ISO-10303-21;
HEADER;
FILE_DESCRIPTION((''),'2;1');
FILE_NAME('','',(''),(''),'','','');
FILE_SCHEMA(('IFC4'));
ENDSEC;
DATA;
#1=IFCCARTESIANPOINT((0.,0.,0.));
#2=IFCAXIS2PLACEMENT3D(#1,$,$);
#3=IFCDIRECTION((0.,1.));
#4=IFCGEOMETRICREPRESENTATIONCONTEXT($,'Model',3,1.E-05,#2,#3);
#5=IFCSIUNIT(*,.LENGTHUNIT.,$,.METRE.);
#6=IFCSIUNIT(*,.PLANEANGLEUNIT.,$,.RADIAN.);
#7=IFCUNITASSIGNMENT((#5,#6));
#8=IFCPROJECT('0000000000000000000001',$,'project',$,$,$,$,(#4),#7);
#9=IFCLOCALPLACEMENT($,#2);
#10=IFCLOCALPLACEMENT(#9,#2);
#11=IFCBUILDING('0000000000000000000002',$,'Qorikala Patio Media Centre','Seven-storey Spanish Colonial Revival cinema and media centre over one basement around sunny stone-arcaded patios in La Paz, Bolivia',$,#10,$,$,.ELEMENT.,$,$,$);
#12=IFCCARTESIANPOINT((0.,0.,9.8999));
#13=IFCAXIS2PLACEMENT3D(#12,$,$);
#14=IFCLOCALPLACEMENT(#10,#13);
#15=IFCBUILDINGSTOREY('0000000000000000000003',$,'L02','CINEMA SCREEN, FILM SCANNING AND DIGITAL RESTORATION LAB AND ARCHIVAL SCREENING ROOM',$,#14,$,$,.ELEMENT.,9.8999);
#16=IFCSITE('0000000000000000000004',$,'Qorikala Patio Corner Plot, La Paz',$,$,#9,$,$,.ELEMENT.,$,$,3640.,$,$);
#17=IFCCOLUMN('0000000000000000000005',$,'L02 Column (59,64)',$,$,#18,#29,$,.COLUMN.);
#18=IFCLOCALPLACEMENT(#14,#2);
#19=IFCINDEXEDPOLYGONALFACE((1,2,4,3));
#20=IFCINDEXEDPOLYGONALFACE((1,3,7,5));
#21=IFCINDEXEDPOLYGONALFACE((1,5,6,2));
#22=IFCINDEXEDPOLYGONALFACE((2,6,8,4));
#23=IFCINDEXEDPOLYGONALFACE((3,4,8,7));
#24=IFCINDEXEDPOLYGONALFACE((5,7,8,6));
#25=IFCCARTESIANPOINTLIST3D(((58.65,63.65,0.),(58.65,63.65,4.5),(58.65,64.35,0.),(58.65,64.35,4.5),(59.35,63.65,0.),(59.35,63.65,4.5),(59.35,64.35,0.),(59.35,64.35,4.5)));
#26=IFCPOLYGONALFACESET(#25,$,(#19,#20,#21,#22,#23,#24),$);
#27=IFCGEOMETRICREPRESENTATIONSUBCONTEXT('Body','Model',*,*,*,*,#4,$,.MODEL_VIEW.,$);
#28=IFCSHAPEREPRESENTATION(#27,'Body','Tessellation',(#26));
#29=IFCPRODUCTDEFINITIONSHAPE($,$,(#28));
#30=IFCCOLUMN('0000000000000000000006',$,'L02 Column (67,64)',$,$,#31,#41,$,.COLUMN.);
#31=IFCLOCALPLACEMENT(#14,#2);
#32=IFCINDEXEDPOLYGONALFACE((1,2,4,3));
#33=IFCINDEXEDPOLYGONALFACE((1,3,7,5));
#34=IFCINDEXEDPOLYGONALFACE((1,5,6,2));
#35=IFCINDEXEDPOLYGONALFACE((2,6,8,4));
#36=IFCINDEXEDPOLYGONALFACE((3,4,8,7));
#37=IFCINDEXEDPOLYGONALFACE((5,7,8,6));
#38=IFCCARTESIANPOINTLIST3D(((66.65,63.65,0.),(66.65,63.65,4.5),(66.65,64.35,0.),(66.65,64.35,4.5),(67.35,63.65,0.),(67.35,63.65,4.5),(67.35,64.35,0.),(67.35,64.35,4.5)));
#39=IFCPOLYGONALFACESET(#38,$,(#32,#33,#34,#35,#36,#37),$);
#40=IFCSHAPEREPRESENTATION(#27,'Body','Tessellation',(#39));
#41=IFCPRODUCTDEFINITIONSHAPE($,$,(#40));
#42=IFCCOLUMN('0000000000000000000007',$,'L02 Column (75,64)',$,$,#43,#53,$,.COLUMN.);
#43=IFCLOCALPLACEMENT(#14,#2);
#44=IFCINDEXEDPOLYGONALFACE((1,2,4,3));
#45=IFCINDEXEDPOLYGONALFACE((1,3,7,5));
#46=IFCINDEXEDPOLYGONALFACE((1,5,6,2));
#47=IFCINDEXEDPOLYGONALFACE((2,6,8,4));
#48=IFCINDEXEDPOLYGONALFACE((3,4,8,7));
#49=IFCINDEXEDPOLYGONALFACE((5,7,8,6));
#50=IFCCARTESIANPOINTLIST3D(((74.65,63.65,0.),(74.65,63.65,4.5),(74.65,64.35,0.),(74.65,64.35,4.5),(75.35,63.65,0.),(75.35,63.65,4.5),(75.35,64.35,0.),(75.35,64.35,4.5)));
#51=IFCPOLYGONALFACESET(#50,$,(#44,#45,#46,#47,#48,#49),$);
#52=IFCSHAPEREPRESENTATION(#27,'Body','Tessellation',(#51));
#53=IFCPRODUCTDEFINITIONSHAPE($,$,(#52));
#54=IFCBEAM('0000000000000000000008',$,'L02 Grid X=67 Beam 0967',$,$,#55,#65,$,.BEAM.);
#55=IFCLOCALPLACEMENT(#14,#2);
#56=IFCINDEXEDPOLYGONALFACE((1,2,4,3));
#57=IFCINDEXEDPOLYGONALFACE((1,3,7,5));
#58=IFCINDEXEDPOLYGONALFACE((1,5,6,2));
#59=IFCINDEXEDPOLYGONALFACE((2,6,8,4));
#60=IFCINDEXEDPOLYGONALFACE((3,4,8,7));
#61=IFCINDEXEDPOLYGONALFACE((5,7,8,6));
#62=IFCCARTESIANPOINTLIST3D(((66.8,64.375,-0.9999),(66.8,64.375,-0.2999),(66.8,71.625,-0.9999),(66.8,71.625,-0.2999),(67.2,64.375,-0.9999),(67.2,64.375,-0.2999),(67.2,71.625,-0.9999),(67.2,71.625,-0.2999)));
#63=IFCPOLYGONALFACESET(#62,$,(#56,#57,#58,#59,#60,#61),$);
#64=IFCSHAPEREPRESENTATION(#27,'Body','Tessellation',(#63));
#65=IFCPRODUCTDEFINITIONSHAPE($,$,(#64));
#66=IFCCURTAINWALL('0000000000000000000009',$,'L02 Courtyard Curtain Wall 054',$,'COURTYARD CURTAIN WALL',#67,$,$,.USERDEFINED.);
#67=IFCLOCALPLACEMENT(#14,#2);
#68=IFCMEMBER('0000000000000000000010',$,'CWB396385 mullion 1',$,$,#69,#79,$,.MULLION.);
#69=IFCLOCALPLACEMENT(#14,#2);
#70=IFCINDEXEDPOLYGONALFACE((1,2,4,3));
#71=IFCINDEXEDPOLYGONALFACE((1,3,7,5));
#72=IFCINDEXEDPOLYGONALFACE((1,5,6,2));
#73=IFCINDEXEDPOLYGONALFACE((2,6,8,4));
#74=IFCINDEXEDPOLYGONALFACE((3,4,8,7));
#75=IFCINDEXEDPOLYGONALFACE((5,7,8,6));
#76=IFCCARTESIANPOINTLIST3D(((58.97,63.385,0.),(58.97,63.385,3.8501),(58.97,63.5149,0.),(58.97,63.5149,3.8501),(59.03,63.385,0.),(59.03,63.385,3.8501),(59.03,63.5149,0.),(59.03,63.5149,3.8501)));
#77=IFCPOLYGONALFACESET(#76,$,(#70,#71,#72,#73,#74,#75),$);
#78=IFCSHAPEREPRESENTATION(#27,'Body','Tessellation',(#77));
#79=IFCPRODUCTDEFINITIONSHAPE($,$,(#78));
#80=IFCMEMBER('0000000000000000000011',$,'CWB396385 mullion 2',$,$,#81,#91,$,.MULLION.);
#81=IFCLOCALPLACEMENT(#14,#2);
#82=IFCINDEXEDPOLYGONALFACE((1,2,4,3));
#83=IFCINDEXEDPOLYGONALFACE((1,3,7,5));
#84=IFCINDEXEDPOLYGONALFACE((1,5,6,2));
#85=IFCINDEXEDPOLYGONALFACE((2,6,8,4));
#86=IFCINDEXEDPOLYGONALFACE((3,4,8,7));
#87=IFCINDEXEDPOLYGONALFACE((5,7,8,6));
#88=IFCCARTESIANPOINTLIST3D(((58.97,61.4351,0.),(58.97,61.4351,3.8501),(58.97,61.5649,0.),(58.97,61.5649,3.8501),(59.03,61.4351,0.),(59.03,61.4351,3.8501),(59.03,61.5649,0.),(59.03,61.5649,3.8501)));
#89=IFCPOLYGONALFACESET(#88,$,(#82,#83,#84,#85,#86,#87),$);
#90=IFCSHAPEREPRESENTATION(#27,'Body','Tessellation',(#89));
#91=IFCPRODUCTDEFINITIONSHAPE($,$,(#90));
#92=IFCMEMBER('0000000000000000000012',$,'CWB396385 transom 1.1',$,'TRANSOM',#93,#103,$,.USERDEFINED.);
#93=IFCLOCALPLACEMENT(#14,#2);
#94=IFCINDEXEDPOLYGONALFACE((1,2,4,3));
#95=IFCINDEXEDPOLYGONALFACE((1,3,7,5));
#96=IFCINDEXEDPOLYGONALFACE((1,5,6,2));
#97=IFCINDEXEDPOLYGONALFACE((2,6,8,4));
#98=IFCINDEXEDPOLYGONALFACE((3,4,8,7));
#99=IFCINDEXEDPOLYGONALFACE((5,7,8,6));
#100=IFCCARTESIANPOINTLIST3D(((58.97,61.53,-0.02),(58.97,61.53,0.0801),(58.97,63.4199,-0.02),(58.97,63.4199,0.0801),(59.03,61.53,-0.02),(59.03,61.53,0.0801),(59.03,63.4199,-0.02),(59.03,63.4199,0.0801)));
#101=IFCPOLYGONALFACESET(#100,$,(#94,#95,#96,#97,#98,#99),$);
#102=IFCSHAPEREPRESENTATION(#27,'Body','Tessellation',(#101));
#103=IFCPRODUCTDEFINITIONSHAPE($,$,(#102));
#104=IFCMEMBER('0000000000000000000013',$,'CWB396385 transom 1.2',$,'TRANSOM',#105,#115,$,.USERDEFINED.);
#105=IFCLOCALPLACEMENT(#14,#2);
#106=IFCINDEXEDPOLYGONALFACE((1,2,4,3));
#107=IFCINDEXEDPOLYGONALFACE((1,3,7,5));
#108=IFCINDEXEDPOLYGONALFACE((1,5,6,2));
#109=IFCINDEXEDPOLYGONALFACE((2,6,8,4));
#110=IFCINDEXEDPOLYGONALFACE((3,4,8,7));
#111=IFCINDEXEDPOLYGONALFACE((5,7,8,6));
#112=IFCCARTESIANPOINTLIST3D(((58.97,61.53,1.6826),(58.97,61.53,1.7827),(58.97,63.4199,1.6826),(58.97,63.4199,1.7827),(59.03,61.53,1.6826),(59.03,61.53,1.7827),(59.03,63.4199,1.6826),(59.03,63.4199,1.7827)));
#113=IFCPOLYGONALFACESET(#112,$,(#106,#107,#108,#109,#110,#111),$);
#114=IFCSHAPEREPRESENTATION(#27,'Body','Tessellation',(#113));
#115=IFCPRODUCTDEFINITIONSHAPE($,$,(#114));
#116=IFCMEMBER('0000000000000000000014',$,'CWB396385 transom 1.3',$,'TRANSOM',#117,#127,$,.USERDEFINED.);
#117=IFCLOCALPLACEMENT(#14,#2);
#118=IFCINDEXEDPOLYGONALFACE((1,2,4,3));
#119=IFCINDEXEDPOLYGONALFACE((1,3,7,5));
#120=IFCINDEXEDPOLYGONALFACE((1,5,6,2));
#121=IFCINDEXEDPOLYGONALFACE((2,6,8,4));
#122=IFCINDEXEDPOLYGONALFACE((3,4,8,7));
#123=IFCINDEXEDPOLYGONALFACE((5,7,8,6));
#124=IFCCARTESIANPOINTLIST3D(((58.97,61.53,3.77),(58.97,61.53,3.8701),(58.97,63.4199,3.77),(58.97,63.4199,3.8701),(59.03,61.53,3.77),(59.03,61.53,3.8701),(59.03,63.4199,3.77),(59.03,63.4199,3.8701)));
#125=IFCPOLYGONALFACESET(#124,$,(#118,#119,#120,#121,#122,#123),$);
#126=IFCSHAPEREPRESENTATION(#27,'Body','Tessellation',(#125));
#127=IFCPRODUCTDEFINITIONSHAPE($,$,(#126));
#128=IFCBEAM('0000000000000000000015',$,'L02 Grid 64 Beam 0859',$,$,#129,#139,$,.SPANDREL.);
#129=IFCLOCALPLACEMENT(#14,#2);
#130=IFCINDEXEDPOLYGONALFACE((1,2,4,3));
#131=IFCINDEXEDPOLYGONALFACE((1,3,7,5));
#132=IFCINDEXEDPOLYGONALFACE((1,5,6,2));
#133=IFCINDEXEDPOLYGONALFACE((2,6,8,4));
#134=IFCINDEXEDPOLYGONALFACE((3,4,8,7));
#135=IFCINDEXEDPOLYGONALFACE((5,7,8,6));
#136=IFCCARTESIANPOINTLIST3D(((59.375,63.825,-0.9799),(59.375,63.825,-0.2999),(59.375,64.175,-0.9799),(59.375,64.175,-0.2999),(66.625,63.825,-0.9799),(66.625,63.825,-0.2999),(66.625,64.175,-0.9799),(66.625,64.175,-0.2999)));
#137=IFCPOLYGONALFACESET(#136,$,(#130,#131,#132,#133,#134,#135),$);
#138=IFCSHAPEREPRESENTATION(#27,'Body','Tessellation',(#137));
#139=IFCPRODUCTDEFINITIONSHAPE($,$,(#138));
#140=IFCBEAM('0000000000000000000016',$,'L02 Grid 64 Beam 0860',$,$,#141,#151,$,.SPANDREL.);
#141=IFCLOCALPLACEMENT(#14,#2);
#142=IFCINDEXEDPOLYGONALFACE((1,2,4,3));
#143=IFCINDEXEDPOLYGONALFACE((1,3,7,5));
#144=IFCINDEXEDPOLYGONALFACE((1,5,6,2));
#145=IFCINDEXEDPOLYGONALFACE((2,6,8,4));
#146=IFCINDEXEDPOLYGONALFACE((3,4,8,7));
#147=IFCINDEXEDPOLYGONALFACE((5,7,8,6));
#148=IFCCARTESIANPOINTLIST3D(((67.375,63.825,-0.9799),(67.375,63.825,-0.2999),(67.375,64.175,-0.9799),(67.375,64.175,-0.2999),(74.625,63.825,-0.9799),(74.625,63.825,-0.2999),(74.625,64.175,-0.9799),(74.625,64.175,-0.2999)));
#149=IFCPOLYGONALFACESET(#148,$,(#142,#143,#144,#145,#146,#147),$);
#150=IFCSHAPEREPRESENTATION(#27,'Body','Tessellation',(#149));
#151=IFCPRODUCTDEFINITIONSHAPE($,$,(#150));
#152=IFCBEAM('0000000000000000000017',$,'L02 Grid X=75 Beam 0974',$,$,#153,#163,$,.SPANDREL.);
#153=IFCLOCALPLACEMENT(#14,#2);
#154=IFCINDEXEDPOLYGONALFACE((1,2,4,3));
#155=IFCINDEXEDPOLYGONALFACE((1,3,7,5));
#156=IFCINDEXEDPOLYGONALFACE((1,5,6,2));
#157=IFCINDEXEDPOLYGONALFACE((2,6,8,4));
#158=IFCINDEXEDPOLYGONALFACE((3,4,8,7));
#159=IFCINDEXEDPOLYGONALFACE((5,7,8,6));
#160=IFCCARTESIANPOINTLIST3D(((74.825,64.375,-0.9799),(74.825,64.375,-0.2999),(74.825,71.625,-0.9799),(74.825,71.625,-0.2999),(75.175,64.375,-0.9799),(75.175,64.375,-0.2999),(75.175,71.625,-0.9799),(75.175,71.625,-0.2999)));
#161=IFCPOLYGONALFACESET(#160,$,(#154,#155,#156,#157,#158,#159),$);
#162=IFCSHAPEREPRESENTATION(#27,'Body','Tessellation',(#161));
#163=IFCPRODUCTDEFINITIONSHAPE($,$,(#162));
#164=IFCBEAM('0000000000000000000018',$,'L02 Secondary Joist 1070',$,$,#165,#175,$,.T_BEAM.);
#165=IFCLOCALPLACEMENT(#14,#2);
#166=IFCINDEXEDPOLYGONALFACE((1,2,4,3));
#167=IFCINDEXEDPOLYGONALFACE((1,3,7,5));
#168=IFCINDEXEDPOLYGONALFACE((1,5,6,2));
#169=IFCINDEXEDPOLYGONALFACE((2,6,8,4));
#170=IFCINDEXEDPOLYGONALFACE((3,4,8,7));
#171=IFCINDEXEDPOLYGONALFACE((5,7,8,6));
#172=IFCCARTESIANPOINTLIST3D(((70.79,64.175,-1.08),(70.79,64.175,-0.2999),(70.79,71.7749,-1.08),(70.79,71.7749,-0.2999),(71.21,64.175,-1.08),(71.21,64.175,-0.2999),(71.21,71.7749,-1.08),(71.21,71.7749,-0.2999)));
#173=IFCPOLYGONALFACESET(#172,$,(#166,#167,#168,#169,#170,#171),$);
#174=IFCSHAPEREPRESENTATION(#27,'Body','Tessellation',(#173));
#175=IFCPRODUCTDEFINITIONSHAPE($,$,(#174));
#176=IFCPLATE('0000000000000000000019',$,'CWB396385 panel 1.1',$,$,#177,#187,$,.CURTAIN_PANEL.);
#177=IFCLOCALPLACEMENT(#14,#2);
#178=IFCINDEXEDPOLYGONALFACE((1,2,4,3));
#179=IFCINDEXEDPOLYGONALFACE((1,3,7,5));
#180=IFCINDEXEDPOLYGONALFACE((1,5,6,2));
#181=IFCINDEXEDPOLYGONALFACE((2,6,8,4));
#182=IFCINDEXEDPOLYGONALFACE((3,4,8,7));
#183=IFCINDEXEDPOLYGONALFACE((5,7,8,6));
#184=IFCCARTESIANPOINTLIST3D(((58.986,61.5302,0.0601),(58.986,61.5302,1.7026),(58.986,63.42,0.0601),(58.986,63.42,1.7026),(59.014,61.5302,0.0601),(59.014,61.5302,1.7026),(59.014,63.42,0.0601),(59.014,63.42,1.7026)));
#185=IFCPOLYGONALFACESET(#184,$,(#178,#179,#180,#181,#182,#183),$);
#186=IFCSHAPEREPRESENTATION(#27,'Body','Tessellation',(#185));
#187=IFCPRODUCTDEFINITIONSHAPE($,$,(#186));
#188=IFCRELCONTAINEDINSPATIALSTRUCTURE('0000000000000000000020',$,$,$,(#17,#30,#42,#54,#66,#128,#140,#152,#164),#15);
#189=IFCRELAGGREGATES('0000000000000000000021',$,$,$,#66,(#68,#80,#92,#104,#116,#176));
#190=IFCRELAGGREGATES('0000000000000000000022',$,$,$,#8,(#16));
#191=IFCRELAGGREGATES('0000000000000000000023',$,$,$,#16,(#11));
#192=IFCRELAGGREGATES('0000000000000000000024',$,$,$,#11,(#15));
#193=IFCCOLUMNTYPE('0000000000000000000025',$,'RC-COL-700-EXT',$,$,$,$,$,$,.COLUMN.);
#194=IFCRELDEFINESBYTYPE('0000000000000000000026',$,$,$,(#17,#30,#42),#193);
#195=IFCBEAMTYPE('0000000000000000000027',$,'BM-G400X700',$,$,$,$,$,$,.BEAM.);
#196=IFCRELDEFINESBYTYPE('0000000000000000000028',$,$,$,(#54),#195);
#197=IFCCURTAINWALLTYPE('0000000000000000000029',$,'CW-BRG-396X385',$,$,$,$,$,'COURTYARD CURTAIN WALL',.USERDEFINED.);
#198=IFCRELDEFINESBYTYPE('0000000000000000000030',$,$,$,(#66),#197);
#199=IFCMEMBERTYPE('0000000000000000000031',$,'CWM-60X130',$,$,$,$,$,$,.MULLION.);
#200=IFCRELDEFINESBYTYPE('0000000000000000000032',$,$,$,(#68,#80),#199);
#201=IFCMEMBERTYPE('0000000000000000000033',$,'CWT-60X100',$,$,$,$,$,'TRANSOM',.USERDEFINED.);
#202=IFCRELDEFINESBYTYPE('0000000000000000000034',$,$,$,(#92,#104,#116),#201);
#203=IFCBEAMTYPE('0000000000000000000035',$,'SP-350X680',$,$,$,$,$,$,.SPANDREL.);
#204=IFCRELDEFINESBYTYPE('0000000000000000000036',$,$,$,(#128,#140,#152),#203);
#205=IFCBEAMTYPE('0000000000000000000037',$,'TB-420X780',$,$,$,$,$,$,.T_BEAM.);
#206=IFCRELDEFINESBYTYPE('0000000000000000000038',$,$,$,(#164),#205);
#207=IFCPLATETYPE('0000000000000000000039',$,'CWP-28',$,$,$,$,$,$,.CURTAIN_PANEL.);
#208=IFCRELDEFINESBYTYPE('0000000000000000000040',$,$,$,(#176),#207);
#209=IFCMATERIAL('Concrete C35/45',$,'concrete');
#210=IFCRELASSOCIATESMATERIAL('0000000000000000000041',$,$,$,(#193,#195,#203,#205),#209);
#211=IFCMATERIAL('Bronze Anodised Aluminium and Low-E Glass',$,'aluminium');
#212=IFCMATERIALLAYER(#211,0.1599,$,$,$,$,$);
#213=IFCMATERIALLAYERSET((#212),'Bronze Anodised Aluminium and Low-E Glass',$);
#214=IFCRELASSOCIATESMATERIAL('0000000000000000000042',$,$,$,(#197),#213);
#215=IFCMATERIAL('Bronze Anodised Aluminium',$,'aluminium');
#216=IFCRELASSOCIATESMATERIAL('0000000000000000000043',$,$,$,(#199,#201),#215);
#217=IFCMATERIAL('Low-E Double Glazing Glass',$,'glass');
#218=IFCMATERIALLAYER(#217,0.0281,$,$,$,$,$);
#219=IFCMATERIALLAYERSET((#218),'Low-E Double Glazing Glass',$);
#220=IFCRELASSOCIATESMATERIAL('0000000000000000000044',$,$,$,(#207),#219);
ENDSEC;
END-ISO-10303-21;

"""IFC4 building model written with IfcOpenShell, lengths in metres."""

from ifc_helpers import new_model, si_unit, direction, frame, origin, origin_2d, place, context, subcontext, project, spatial, rectangle, extrude, material, layer, layer_set, material_profile, profile_set, type_object, element, aggregate, save


model = new_model("IFC4")

# Units and contexts
model_context = context("Model", 3, precision=1e-05, world=origin(), true_north=direction((0.0, 1.0)))
body_context = subcontext(model_context, "Body", "Model", "MODEL_VIEW")
ifc_project = project(units=[si_unit("LENGTHUNIT", "METRE"), si_unit("PLANEANGLEUNIT", "RADIAN")], contexts=[model_context])

# Site, building, storey
site_placement = place(None, origin())
site = spatial("IfcSite", under=ifc_project, at=site_placement, Name="Qorikala Patio Corner Plot, La Paz", CompositionType="ELEMENT", RefElevation=3640.0)
building_placement = place(site_placement, origin())
building = spatial("IfcBuilding", under=site, at=building_placement, Name="Qorikala Patio Media Centre", Description="Seven-storey Spanish Colonial Revival cinema and media centre over one basement around sunny stone-arcaded patios in La Paz, Bolivia", CompositionType="ELEMENT")
storey_placement = place(building_placement, frame((0.0, 0.0, 9.8999)))
storey = spatial("IfcBuildingStorey", under=building, at=storey_placement, Name="L02", Description="CINEMA SCREEN, FILM SCANNING AND DIGITAL RESTORATION LAB AND ARCHIVAL SCREENING ROOM", CompositionType="ELEMENT", Elevation=9.8999)

# Columns
ifc_material_1 = material(Name="Concrete C35/45", Category="concrete")
ifc_material_profile_1 = material_profile(ifc_material_1, rectangle(XDim=0.7, YDim=0.7, at=origin_2d()), Name="RC 700x700")
ifc_profile_set_1 = profile_set([ifc_material_profile_1], Name="Concrete C35/45")
column_type = type_object("IfcColumnType", Name="RC-COL-700-EXT", PredefinedType="COLUMN", material=ifc_profile_set_1)
for number, where, z_axis, x_axis, name in (
    (1, (59.0, 64.0, 0.0), (0.0, 0.0, 1.0), (1.0, 0.0, 0.0), "L02 Column (59,64)"),
    (2, (67.0, 64.0, 0.0), (0.0, 0.0, 1.0), (1.0, 0.0, 0.0), "L02 Column (67,64)"),
    (3, (75.0, 64.0, 0.0), (0.0, 0.0, 1.0), (1.0, 0.0, 0.0), "L02 Column (75,64)"),
):
    element("IfcColumn", number, at=place(storey_placement, frame(where, z_axis=z_axis, x_axis=x_axis)), inside=storey, type_object=column_type, Name=name, PredefinedType="COLUMN", context=body_context, shape_type="SweptSolid", body=[
        extrude(rectangle(XDim=0.7, YDim=0.7, at=origin_2d()), origin(), (0.0, 0.0, 1.0), 4.5),
    ])

# Beam
ifc_material_profile_2 = material_profile(ifc_material_1, rectangle(XDim=0.3999, YDim=0.7, at=origin_2d()), Name="RC 400x700")
ifc_profile_set_2 = profile_set([ifc_material_profile_2], Name="Concrete C35/45")
beam_type_1 = type_object("IfcBeamType", Name="BM-G400X700", PredefinedType="BEAM", material=ifc_profile_set_2)
beam_1_placement = place(storey_placement, frame((67.0, 64.375, -0.6499), z_axis=(0.0, 1.0, 0.0), x_axis=(-1.0, 0.0, 0.0)))
element("IfcBeam", 4, at=beam_1_placement, inside=storey, type_object=beam_type_1, Name="L02 Grid X=67 Beam 0967", PredefinedType="BEAM", context=body_context, shape_type="SweptSolid", body=[
    extrude(rectangle(XDim=0.3999, YDim=0.7, at=origin_2d()), origin(), (0.0, 0.0, 1.0), 7.25),
])

# Curtain wall, members
ifc_material_2 = material(Name="Bronze Anodised Aluminium and Low-E Glass", Category="aluminium")
ifc_layer_1 = layer(ifc_material_2, 0.1599)
ifc_layer_set_1 = layer_set([ifc_layer_1], Name="Bronze Anodised Aluminium and Low-E Glass")
curtain_wall_type = type_object("IfcCurtainWallType", Name="CW-BRG-396X385", ElementType="COURTYARD CURTAIN WALL", PredefinedType="USERDEFINED", material=ifc_layer_set_1)
curtain_wall_placement = place(storey_placement, origin())
curtain_wall = element("IfcCurtainWall", 5, at=curtain_wall_placement, inside=storey, type_object=curtain_wall_type, Name="L02 Courtyard Curtain Wall 054", ObjectType="COURTYARD CURTAIN WALL", PredefinedType="USERDEFINED")
ifc_material_3 = material(Name="Bronze Anodised Aluminium", Category="aluminium")
ifc_material_profile_3 = material_profile(ifc_material_3, rectangle(XDim=0.0601, YDim=0.1299, at=origin_2d()), Name="ALU MULLION 60x130")
ifc_profile_set_3 = profile_set([ifc_material_profile_3], Name="Bronze Anodised Aluminium")
member_type_1 = type_object("IfcMemberType", Name="CWM-60X130", PredefinedType="MULLION", material=ifc_profile_set_3)
member_1_placement = place(storey_placement, frame((59.0, 63.45, 0.0), z_axis=(0.0, 0.0, 1.0), x_axis=(1.0, 0.0, 0.0)))
member_1 = element("IfcMember", 6, at=member_1_placement, type_object=member_type_1, Name="CWB396385 mullion 1", PredefinedType="MULLION", context=body_context, shape_type="SweptSolid", body=[
    extrude(rectangle(XDim=0.0601, YDim=0.1299, at=origin_2d()), origin(), (0.0, 0.0, 1.0), 3.8501),
])
member_2_placement = place(storey_placement, frame((59.0, 61.5, 0.0), z_axis=(0.0, 0.0, 1.0), x_axis=(1.0, 0.0, 0.0)))
member_2 = element("IfcMember", 7, at=member_2_placement, type_object=member_type_1, Name="CWB396385 mullion 2", PredefinedType="MULLION", context=body_context, shape_type="SweptSolid", body=[
    extrude(rectangle(XDim=0.0601, YDim=0.1299, at=origin_2d()), origin(), (0.0, 0.0, 1.0), 3.8501),
])
ifc_material_profile_4 = material_profile(ifc_material_3, rectangle(XDim=0.0601, YDim=0.1001, at=origin_2d()), Name="ALU TRANSOM 60x100")
ifc_profile_set_4 = profile_set([ifc_material_profile_4], Name="Bronze Anodised Aluminium")
member_type_2 = type_object("IfcMemberType", Name="CWT-60X100", ElementType="TRANSOM", PredefinedType="USERDEFINED", material=ifc_profile_set_4)
member_3_placement = place(storey_placement, frame((59.0, 63.4199, 0.03), z_axis=(0.0, -1.0, 0.0), x_axis=(1.0, 0.0, 0.0)))
member_3 = element("IfcMember", 8, at=member_3_placement, type_object=member_type_2, Name="CWB396385 transom 1.1", ObjectType="TRANSOM", PredefinedType="USERDEFINED", context=body_context, shape_type="SweptSolid", body=[
    extrude(rectangle(XDim=0.0601, YDim=0.1001, at=origin_2d()), origin(), (0.0, 0.0, 1.0), 1.8899),
])
member_4_placement = place(storey_placement, frame((59.0, 63.4199, 1.7327), z_axis=(0.0, -1.0, 0.0), x_axis=(1.0, 0.0, 0.0)))
member_4 = element("IfcMember", 9, at=member_4_placement, type_object=member_type_2, Name="CWB396385 transom 1.2", ObjectType="TRANSOM", PredefinedType="USERDEFINED", context=body_context, shape_type="SweptSolid", body=[
    extrude(rectangle(XDim=0.0601, YDim=0.1001, at=origin_2d()), origin(), (0.0, 0.0, 1.0), 1.8899),
])
member_5_placement = place(storey_placement, frame((59.0, 63.4199, 3.8201), z_axis=(0.0, -1.0, 0.0), x_axis=(1.0, 0.0, 0.0)))
member_5 = element("IfcMember", 10, at=member_5_placement, type_object=member_type_2, Name="CWB396385 transom 1.3", ObjectType="TRANSOM", PredefinedType="USERDEFINED", context=body_context, shape_type="SweptSolid", body=[
    extrude(rectangle(XDim=0.0601, YDim=0.1001, at=origin_2d()), origin(), (0.0, 0.0, 1.0), 1.8899),
])

# Beams
ifc_material_profile_5 = material_profile(ifc_material_1, rectangle(XDim=0.3501, YDim=0.6799, at=origin_2d()), Name="RC 350x680")
ifc_profile_set_5 = profile_set([ifc_material_profile_5], Name="Concrete C35/45")
beam_type_2 = type_object("IfcBeamType", Name="SP-350X680", PredefinedType="SPANDREL", material=ifc_profile_set_5)
for number, where, z_axis, x_axis, name in (
    (11, (59.375, 64.0, -0.6399), (1.0, 0.0, 0.0), (0.0, 1.0, 0.0), "L02 Grid 64 Beam 0859"),
    (12, (67.375, 64.0, -0.6399), (1.0, 0.0, 0.0), (0.0, 1.0, 0.0), "L02 Grid 64 Beam 0860"),
    (13, (75.0, 64.375, -0.6399), (0.0, 1.0, 0.0), (-1.0, 0.0, 0.0), "L02 Grid X=75 Beam 0974"),
):
    element("IfcBeam", number, at=place(storey_placement, frame(where, z_axis=z_axis, x_axis=x_axis)), inside=storey, type_object=beam_type_2, Name=name, PredefinedType="SPANDREL", context=body_context, shape_type="SweptSolid", body=[
        extrude(rectangle(XDim=0.3501, YDim=0.6799, at=origin_2d()), origin(), (0.0, 0.0, 1.0), 7.25),
    ])
ifc_material_profile_6 = material_profile(ifc_material_1, rectangle(XDim=0.4199, YDim=0.78, at=origin_2d()), Name="RC 420x780")
ifc_profile_set_6 = profile_set([ifc_material_profile_6], Name="Concrete C35/45")
beam_type_3 = type_object("IfcBeamType", Name="TB-420X780", PredefinedType="T_BEAM", material=ifc_profile_set_6)
beam_2_placement = place(storey_placement, frame((71.0, 64.175, -0.6899), z_axis=(0.0, 1.0, 0.0), x_axis=(-1.0, 0.0, 0.0)))
element("IfcBeam", 14, at=beam_2_placement, inside=storey, type_object=beam_type_3, Name="L02 Secondary Joist 1070", PredefinedType="T_BEAM", context=body_context, shape_type="SweptSolid", body=[
    extrude(rectangle(XDim=0.4199, YDim=0.78, at=origin_2d()), origin(), (0.0, 0.0, 1.0), 7.5999),
])

# Plate
ifc_material_4 = material(Name="Low-E Double Glazing Glass", Category="glass")
ifc_layer_2 = layer(ifc_material_4, 0.0281)
ifc_layer_set_2 = layer_set([ifc_layer_2], Name="Low-E Double Glazing Glass")
plate_type = type_object("IfcPlateType", Name="CWP-28", PredefinedType="CURTAIN_PANEL", material=ifc_layer_set_2)
plate_1_placement = place(storey_placement, frame((59.0, 62.4751, 0.0601), z_axis=(0.0, 0.0, 1.0), x_axis=(0.0, -1.0, 0.0)))
plate_1 = element("IfcPlate", 15, at=plate_1_placement, type_object=plate_type, Name="CWB396385 panel 1.1", PredefinedType="CURTAIN_PANEL", context=body_context, shape_type="SweptSolid", body=[
    extrude(rectangle(XDim=1.8899, YDim=0.0281, at=origin_2d()), origin(), (0.0, 0.0, 1.0), 1.6426),
])
aggregate(curtain_wall, [member_1, member_2, member_3, member_4, member_5, plate_1])

save(model, "model.ifc")
